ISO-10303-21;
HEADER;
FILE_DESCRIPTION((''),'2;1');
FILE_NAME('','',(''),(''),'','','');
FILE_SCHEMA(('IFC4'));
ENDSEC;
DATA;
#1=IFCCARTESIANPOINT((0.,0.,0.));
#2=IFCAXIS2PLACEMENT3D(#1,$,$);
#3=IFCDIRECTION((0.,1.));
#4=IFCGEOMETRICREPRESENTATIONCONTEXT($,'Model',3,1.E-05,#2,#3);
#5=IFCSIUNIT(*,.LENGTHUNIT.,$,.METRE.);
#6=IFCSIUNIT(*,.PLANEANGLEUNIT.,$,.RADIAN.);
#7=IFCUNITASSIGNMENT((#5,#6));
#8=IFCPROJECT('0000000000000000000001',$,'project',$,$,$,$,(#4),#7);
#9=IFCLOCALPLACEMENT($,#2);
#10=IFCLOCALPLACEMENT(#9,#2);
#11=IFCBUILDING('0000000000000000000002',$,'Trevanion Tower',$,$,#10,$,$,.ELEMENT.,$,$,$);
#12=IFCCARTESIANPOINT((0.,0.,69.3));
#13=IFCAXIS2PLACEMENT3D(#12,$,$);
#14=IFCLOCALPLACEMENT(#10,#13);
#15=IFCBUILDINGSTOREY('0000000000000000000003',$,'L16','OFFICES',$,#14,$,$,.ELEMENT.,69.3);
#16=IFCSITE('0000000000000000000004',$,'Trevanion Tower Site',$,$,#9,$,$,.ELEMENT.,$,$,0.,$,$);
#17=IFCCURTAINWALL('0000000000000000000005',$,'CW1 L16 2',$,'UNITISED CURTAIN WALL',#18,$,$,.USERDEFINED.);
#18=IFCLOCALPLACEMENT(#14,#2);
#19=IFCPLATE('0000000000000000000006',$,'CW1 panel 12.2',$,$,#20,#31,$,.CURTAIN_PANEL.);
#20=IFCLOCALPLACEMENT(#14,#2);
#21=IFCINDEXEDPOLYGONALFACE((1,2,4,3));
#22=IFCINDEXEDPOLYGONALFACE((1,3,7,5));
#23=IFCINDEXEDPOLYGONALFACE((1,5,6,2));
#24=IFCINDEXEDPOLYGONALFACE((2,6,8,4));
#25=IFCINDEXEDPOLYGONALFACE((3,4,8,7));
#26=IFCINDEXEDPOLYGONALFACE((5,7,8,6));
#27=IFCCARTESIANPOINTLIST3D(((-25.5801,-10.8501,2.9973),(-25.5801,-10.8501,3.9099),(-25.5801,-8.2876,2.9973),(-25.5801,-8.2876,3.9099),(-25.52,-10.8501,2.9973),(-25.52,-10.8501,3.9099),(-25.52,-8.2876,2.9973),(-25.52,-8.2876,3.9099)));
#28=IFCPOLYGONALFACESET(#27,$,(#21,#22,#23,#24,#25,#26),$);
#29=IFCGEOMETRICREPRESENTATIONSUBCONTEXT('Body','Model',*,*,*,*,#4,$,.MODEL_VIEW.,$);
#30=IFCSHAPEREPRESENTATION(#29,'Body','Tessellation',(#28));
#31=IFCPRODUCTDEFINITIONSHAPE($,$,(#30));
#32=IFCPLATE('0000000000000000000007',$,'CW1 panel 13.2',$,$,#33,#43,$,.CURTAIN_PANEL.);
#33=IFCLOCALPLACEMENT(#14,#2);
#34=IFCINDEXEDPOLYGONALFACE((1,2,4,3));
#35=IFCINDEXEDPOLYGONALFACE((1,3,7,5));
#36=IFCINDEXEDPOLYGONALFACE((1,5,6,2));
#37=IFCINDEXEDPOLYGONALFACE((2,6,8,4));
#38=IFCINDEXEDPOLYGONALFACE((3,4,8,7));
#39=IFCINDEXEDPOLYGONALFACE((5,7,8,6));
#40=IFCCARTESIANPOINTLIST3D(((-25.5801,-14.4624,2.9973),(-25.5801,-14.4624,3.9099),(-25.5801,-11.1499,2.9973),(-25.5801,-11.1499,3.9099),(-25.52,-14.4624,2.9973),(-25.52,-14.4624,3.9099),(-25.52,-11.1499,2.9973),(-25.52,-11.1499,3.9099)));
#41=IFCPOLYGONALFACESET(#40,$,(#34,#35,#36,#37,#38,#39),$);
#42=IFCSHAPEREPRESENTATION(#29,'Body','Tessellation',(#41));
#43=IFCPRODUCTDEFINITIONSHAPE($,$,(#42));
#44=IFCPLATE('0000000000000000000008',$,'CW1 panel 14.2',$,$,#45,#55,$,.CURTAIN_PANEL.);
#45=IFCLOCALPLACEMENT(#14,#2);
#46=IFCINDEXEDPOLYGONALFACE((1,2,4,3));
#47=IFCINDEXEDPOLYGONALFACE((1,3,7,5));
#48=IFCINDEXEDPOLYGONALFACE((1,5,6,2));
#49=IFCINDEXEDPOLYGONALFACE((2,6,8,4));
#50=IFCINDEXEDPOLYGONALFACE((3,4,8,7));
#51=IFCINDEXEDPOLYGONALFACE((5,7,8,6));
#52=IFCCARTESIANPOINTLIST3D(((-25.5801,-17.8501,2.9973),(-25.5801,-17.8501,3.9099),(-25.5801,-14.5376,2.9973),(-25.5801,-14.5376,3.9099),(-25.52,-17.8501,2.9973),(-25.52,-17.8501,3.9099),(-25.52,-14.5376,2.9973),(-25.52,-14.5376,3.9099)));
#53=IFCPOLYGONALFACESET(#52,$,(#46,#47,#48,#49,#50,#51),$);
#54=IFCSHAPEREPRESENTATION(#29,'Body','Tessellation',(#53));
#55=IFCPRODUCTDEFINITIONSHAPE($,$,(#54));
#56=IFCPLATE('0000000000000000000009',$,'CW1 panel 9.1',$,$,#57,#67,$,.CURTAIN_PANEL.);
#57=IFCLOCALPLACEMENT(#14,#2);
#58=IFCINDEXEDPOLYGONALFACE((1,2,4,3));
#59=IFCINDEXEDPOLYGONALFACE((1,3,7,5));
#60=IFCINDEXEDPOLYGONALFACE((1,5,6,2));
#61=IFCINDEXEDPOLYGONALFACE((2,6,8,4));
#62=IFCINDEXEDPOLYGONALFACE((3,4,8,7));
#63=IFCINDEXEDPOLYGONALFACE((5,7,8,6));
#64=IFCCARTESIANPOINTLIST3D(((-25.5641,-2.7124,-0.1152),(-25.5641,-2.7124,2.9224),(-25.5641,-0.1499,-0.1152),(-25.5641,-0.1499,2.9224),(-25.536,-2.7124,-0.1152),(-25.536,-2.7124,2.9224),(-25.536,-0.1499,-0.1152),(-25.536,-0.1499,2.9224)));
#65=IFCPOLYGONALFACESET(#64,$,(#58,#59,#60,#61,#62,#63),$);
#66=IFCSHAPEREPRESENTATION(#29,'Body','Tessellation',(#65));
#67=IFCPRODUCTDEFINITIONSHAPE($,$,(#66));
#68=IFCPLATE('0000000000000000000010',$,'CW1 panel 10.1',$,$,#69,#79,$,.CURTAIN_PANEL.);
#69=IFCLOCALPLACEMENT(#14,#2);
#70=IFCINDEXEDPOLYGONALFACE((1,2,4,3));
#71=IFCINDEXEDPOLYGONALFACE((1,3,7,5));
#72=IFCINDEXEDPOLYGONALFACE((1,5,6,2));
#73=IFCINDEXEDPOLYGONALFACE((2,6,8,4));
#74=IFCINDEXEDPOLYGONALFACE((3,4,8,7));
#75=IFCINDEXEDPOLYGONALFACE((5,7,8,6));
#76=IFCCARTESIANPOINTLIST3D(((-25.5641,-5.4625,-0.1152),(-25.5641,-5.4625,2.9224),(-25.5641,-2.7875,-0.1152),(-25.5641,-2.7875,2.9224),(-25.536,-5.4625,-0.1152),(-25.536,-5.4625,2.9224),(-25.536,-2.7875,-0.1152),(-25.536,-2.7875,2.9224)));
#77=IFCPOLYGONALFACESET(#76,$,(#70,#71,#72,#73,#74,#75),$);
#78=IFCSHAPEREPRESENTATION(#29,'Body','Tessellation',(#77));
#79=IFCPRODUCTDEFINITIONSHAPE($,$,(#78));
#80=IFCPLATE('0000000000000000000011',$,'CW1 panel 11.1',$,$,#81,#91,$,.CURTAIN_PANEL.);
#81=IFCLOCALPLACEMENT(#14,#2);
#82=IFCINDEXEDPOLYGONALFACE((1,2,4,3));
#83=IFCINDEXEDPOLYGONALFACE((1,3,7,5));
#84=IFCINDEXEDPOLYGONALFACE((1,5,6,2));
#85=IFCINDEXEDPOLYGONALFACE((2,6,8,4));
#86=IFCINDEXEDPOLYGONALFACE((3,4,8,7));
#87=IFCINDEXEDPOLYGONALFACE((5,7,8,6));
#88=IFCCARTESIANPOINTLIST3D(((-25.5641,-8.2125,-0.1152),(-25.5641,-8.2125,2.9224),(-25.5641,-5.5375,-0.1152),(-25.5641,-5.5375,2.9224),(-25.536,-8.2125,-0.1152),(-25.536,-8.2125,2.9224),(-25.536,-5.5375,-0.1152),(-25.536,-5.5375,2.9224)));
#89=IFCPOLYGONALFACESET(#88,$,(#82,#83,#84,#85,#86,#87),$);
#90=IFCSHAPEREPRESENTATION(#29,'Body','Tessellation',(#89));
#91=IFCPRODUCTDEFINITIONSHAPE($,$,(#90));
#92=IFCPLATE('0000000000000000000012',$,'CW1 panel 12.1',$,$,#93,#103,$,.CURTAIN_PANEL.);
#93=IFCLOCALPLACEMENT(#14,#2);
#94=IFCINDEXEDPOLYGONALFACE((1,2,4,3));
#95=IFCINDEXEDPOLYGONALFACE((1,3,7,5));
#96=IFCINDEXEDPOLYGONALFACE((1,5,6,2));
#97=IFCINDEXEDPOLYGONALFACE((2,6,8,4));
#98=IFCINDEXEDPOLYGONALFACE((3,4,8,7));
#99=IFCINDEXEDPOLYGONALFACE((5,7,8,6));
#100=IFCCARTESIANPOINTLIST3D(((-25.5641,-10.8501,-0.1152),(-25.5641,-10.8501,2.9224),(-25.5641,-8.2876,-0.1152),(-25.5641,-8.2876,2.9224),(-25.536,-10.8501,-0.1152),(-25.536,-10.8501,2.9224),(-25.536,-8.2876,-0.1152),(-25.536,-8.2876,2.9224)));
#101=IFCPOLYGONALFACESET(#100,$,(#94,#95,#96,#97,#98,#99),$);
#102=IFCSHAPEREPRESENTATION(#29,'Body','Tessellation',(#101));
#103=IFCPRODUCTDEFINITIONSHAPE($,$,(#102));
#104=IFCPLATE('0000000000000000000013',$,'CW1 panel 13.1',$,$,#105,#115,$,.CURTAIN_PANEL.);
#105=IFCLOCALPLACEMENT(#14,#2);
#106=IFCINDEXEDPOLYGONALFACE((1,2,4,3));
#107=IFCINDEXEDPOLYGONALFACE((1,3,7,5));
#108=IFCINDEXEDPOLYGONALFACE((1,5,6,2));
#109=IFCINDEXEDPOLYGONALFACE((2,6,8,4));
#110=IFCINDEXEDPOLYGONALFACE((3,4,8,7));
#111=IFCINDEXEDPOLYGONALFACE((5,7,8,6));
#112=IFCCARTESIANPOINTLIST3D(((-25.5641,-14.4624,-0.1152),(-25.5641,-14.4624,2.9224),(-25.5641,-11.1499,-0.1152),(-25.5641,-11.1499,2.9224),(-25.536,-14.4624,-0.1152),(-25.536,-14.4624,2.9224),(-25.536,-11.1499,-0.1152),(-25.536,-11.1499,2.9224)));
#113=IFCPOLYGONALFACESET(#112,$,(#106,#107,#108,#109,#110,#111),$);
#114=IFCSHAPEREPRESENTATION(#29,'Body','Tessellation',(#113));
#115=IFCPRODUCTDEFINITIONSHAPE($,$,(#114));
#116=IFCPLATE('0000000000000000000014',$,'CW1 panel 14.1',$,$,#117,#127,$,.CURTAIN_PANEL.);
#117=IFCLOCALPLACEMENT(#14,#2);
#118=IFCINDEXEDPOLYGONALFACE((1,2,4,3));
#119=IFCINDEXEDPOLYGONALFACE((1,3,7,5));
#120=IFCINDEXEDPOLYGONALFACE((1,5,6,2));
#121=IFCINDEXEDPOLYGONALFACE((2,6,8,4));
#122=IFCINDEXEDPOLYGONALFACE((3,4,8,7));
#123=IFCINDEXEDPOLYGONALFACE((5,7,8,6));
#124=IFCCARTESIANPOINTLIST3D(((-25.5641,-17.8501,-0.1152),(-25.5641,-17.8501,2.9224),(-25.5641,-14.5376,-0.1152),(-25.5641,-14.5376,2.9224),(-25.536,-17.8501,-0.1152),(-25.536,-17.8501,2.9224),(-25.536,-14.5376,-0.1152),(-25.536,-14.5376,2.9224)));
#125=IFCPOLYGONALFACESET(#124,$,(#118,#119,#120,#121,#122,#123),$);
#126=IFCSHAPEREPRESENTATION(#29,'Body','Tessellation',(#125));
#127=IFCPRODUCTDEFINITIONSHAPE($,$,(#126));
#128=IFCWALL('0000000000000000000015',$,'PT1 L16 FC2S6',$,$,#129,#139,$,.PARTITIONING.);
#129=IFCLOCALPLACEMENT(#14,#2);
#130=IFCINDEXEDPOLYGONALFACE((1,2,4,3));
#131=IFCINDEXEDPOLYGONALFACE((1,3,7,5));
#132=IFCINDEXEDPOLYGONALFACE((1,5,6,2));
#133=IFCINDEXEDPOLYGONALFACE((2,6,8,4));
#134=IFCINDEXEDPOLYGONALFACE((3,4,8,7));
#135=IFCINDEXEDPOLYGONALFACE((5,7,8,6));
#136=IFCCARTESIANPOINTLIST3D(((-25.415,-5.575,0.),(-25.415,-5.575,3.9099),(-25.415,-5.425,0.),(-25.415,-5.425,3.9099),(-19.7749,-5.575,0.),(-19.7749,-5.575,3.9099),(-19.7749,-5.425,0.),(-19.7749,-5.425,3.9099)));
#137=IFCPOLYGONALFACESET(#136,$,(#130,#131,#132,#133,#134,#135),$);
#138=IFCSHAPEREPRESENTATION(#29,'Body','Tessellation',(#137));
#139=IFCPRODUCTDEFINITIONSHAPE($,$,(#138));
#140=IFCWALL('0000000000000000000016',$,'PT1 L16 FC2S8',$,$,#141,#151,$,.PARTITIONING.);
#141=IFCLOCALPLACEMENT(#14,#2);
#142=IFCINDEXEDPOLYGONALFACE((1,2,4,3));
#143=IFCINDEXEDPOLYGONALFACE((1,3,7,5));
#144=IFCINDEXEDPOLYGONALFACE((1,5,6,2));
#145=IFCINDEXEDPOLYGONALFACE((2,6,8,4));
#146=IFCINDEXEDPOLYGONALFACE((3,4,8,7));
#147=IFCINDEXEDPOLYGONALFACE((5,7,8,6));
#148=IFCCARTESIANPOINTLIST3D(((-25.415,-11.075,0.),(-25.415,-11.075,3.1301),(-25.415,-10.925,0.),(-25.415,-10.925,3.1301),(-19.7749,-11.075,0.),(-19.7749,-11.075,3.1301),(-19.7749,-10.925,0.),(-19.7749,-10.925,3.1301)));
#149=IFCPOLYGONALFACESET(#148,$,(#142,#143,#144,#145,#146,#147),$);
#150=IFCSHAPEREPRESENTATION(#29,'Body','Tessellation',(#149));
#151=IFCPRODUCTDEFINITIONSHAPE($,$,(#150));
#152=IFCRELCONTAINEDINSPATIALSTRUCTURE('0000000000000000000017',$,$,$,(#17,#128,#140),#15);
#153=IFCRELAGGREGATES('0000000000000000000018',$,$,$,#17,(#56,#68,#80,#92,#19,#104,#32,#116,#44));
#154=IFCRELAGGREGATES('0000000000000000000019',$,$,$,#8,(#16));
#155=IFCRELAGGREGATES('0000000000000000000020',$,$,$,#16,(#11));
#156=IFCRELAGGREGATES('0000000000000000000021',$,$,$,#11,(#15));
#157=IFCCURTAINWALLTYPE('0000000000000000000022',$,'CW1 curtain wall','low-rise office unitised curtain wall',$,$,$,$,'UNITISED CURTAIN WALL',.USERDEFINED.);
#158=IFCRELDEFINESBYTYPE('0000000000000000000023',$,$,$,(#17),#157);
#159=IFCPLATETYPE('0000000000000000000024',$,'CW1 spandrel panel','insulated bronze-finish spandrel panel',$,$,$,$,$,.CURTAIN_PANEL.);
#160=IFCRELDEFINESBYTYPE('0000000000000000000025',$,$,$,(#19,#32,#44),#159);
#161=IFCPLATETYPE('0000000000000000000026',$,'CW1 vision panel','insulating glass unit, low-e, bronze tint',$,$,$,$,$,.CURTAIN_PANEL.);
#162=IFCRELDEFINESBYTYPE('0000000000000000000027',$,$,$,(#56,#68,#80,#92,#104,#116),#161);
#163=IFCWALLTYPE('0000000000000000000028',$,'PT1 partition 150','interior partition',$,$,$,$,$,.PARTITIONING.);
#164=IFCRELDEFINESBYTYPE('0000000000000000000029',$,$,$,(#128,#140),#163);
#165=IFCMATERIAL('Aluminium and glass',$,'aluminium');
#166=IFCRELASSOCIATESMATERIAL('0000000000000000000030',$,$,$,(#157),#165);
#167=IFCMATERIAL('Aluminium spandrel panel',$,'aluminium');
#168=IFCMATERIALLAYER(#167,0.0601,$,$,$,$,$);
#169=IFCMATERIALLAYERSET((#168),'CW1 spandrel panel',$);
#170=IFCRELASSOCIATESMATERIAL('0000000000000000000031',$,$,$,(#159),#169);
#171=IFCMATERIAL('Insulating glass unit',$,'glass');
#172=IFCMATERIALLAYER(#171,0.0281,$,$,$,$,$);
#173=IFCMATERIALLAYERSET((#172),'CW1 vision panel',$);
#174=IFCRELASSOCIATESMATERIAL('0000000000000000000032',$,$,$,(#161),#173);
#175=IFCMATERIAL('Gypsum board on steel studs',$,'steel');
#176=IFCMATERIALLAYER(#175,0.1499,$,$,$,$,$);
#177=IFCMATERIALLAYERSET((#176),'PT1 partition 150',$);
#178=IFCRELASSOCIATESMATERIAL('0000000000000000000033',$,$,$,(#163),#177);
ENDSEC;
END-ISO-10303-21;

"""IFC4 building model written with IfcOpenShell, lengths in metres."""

from ifc_helpers import new_model, si_unit, direction, frame, frame_2d, origin, origin_2d, place, context, subcontext, project, spatial, rectangle, extrude, material, layer, layer_set, type_object, element, aggregate, save


model = new_model("IFC4")

# Units and contexts
model_context = context("Model", 3, precision=1e-05, world=origin(), true_north=direction((0.0, 1.0)))
body_context = subcontext(model_context, "Body", "Model", "MODEL_VIEW")
ifc_project = project(units=[si_unit("LENGTHUNIT", "METRE"), si_unit("PLANEANGLEUNIT", "RADIAN")], contexts=[model_context])

# Site, building, storey
site_placement = place(None, origin())
site = spatial("IfcSite", under=ifc_project, at=site_placement, Name="Trevanion Tower Site", CompositionType="ELEMENT", RefElevation=0.0)
building_placement = place(site_placement, origin())
building = spatial("IfcBuilding", under=site, at=building_placement, Name="Trevanion Tower", CompositionType="ELEMENT")
storey_placement = place(building_placement, frame((0.0, 0.0, 69.3)))
storey = spatial("IfcBuildingStorey", under=building, at=storey_placement, Name="L16", Description="OFFICES", CompositionType="ELEMENT", Elevation=69.3)

# Curtain wall
ifc_material_1 = material(Name="Aluminium and glass", Category="aluminium")
curtain_wall_type = type_object("IfcCurtainWallType", Name="CW1 curtain wall", Description="low-rise office unitised curtain wall", ElementType="UNITISED CURTAIN WALL", PredefinedType="USERDEFINED", material=ifc_material_1)
curtain_wall_placement = place(storey_placement, origin())
curtain_wall = element("IfcCurtainWall", 1, at=curtain_wall_placement, inside=storey, type_object=curtain_wall_type, Name="CW1 L16 2", ObjectType="UNITISED CURTAIN WALL", PredefinedType="USERDEFINED")

# Plates
ifc_material_2 = material(Name="Aluminium spandrel panel", Category="aluminium")
ifc_layer_1 = layer(ifc_material_2, 0.0601)
ifc_layer_set_1 = layer_set([ifc_layer_1], Name="CW1 spandrel panel")
plate_type_1 = type_object("IfcPlateType", Name="CW1 spandrel panel", Description="insulated bronze-finish spandrel panel", PredefinedType="CURTAIN_PANEL", material=ifc_layer_set_1)
plate_1_placement = place(storey_placement, frame((-25.55, -9.5688, 2.9973), z_axis=(0.0, 0.0, 1.0), x_axis=(0.0, -1.0, 0.0)))
plate_1 = element("IfcPlate", 2, at=plate_1_placement, type_object=plate_type_1, Name="CW1 panel 12.2", PredefinedType="CURTAIN_PANEL", context=body_context, shape_type="SweptSolid", body=[
    extrude(rectangle(XDim=2.5625, YDim=0.0601, at=origin_2d()), origin(), (0.0, 0.0, 1.0), 0.9126),
])
plate_2_placement = place(storey_placement, frame((-25.55, -12.8062, 2.9973), z_axis=(0.0, 0.0, 1.0), x_axis=(0.0, -1.0, 0.0)))
plate_2 = element("IfcPlate", 3, at=plate_2_placement, type_object=plate_type_1, Name="CW1 panel 13.2", PredefinedType="CURTAIN_PANEL", context=body_context, shape_type="SweptSolid", body=[
    extrude(rectangle(XDim=3.3125, YDim=0.0601, at=origin_2d()), origin(), (0.0, 0.0, 1.0), 0.9126),
])
plate_3_placement = place(storey_placement, frame((-25.55, -16.1938, 2.9973), z_axis=(0.0, 0.0, 1.0), x_axis=(0.0, -1.0, 0.0)))
plate_3 = element("IfcPlate", 4, at=plate_3_placement, type_object=plate_type_1, Name="CW1 panel 14.2", PredefinedType="CURTAIN_PANEL", context=body_context, shape_type="SweptSolid", body=[
    extrude(rectangle(XDim=3.3125, YDim=0.0601, at=origin_2d()), origin(), (0.0, 0.0, 1.0), 0.9126),
])
ifc_material_3 = material(Name="Insulating glass unit", Category="glass")
ifc_layer_2 = layer(ifc_material_3, 0.0281)
ifc_layer_set_2 = layer_set([ifc_layer_2], Name="CW1 vision panel")
plate_type_2 = type_object("IfcPlateType", Name="CW1 vision panel", Description="insulating glass unit, low-e, bronze tint", PredefinedType="CURTAIN_PANEL", material=ifc_layer_set_2)
plate_4_placement = place(storey_placement, frame((-25.55, -1.4312, -0.1152), z_axis=(0.0, 0.0, 1.0), x_axis=(0.0, -1.0, 0.0)))
plate_4 = element("IfcPlate", 5, at=plate_4_placement, type_object=plate_type_2, Name="CW1 panel 9.1", PredefinedType="CURTAIN_PANEL", context=body_context, shape_type="SweptSolid", body=[
    extrude(rectangle(XDim=2.5625, YDim=0.0281, at=origin_2d()), origin(), (0.0, 0.0, 1.0), 3.0376),
])
plate_5_placement = place(storey_placement, frame((-25.55, -4.125, -0.1152), z_axis=(0.0, 0.0, 1.0), x_axis=(0.0, -1.0, 0.0)))
plate_5 = element("IfcPlate", 6, at=plate_5_placement, type_object=plate_type_2, Name="CW1 panel 10.1", PredefinedType="CURTAIN_PANEL", context=body_context, shape_type="SweptSolid", body=[
    extrude(rectangle(XDim=2.675, YDim=0.0281, at=origin_2d()), origin(), (0.0, 0.0, 1.0), 3.0376),
])
plate_6_placement = place(storey_placement, frame((-25.55, -6.875, -0.1152), z_axis=(0.0, 0.0, 1.0), x_axis=(0.0, -1.0, 0.0)))
plate_6 = element("IfcPlate", 7, at=plate_6_placement, type_object=plate_type_2, Name="CW1 panel 11.1", PredefinedType="CURTAIN_PANEL", context=body_context, shape_type="SweptSolid", body=[
    extrude(rectangle(XDim=2.675, YDim=0.0281, at=origin_2d()), origin(), (0.0, 0.0, 1.0), 3.0376),
])
plate_7_placement = place(storey_placement, frame((-25.55, -9.5688, -0.1152), z_axis=(0.0, 0.0, 1.0), x_axis=(0.0, -1.0, 0.0)))
plate_7 = element("IfcPlate", 8, at=plate_7_placement, type_object=plate_type_2, Name="CW1 panel 12.1", PredefinedType="CURTAIN_PANEL", context=body_context, shape_type="SweptSolid", body=[
    extrude(rectangle(XDim=2.5625, YDim=0.0281, at=origin_2d()), origin(), (0.0, 0.0, 1.0), 3.0376),
])
plate_8_placement = place(storey_placement, frame((-25.55, -12.8062, -0.1152), z_axis=(0.0, 0.0, 1.0), x_axis=(0.0, -1.0, 0.0)))
plate_8 = element("IfcPlate", 9, at=plate_8_placement, type_object=plate_type_2, Name="CW1 panel 13.1", PredefinedType="CURTAIN_PANEL", context=body_context, shape_type="SweptSolid", body=[
    extrude(rectangle(XDim=3.3125, YDim=0.0281, at=origin_2d()), origin(), (0.0, 0.0, 1.0), 3.0376),
])
plate_9_placement = place(storey_placement, frame((-25.55, -16.1938, -0.1152), z_axis=(0.0, 0.0, 1.0), x_axis=(0.0, -1.0, 0.0)))
plate_9 = element("IfcPlate", 10, at=plate_9_placement, type_object=plate_type_2, Name="CW1 panel 14.1", PredefinedType="CURTAIN_PANEL", context=body_context, shape_type="SweptSolid", body=[
    extrude(rectangle(XDim=3.3125, YDim=0.0281, at=origin_2d()), origin(), (0.0, 0.0, 1.0), 3.0376),
])
aggregate(curtain_wall, [plate_4, plate_5, plate_6, plate_7, plate_1, plate_8, plate_2, plate_9, plate_3])

# Walls
ifc_material_4 = material(Name="Gypsum board on steel studs", Category="steel")
ifc_layer_3 = layer(ifc_material_4, 0.1499)
ifc_layer_set_3 = layer_set([ifc_layer_3], Name="PT1 partition 150")
wall_type = type_object("IfcWallType", Name="PT1 partition 150", Description="interior partition", PredefinedType="PARTITIONING", material=ifc_layer_set_3)
wall_1_placement = place(storey_placement, frame((-19.7749, -5.5, 0.0), z_axis=(0.0, 0.0, 1.0), x_axis=(-1.0, 0.0, 0.0)))
element("IfcWall", 11, at=wall_1_placement, inside=storey, type_object=wall_type, Name="PT1 L16 FC2S6", PredefinedType="PARTITIONING", context=body_context, shape_type="SweptSolid", body=[
    extrude(rectangle(XDim=5.6401, YDim=0.1499, at=frame_2d((2.8201, 0.0))), origin(), (0.0, 0.0, 1.0), 3.9099),
])
wall_2_placement = place(storey_placement, frame((-19.7749, -11.0, 0.0), z_axis=(0.0, 0.0, 1.0), x_axis=(-1.0, 0.0, 0.0)))
element("IfcWall", 12, at=wall_2_placement, inside=storey, type_object=wall_type, Name="PT1 L16 FC2S8", PredefinedType="PARTITIONING", context=body_context, shape_type="SweptSolid", body=[
    extrude(rectangle(XDim=5.6401, YDim=0.1499, at=frame_2d((2.8201, 0.0))), origin(), (0.0, 0.0, 1.0), 3.1301),
])

save(model, "model.ifc")
